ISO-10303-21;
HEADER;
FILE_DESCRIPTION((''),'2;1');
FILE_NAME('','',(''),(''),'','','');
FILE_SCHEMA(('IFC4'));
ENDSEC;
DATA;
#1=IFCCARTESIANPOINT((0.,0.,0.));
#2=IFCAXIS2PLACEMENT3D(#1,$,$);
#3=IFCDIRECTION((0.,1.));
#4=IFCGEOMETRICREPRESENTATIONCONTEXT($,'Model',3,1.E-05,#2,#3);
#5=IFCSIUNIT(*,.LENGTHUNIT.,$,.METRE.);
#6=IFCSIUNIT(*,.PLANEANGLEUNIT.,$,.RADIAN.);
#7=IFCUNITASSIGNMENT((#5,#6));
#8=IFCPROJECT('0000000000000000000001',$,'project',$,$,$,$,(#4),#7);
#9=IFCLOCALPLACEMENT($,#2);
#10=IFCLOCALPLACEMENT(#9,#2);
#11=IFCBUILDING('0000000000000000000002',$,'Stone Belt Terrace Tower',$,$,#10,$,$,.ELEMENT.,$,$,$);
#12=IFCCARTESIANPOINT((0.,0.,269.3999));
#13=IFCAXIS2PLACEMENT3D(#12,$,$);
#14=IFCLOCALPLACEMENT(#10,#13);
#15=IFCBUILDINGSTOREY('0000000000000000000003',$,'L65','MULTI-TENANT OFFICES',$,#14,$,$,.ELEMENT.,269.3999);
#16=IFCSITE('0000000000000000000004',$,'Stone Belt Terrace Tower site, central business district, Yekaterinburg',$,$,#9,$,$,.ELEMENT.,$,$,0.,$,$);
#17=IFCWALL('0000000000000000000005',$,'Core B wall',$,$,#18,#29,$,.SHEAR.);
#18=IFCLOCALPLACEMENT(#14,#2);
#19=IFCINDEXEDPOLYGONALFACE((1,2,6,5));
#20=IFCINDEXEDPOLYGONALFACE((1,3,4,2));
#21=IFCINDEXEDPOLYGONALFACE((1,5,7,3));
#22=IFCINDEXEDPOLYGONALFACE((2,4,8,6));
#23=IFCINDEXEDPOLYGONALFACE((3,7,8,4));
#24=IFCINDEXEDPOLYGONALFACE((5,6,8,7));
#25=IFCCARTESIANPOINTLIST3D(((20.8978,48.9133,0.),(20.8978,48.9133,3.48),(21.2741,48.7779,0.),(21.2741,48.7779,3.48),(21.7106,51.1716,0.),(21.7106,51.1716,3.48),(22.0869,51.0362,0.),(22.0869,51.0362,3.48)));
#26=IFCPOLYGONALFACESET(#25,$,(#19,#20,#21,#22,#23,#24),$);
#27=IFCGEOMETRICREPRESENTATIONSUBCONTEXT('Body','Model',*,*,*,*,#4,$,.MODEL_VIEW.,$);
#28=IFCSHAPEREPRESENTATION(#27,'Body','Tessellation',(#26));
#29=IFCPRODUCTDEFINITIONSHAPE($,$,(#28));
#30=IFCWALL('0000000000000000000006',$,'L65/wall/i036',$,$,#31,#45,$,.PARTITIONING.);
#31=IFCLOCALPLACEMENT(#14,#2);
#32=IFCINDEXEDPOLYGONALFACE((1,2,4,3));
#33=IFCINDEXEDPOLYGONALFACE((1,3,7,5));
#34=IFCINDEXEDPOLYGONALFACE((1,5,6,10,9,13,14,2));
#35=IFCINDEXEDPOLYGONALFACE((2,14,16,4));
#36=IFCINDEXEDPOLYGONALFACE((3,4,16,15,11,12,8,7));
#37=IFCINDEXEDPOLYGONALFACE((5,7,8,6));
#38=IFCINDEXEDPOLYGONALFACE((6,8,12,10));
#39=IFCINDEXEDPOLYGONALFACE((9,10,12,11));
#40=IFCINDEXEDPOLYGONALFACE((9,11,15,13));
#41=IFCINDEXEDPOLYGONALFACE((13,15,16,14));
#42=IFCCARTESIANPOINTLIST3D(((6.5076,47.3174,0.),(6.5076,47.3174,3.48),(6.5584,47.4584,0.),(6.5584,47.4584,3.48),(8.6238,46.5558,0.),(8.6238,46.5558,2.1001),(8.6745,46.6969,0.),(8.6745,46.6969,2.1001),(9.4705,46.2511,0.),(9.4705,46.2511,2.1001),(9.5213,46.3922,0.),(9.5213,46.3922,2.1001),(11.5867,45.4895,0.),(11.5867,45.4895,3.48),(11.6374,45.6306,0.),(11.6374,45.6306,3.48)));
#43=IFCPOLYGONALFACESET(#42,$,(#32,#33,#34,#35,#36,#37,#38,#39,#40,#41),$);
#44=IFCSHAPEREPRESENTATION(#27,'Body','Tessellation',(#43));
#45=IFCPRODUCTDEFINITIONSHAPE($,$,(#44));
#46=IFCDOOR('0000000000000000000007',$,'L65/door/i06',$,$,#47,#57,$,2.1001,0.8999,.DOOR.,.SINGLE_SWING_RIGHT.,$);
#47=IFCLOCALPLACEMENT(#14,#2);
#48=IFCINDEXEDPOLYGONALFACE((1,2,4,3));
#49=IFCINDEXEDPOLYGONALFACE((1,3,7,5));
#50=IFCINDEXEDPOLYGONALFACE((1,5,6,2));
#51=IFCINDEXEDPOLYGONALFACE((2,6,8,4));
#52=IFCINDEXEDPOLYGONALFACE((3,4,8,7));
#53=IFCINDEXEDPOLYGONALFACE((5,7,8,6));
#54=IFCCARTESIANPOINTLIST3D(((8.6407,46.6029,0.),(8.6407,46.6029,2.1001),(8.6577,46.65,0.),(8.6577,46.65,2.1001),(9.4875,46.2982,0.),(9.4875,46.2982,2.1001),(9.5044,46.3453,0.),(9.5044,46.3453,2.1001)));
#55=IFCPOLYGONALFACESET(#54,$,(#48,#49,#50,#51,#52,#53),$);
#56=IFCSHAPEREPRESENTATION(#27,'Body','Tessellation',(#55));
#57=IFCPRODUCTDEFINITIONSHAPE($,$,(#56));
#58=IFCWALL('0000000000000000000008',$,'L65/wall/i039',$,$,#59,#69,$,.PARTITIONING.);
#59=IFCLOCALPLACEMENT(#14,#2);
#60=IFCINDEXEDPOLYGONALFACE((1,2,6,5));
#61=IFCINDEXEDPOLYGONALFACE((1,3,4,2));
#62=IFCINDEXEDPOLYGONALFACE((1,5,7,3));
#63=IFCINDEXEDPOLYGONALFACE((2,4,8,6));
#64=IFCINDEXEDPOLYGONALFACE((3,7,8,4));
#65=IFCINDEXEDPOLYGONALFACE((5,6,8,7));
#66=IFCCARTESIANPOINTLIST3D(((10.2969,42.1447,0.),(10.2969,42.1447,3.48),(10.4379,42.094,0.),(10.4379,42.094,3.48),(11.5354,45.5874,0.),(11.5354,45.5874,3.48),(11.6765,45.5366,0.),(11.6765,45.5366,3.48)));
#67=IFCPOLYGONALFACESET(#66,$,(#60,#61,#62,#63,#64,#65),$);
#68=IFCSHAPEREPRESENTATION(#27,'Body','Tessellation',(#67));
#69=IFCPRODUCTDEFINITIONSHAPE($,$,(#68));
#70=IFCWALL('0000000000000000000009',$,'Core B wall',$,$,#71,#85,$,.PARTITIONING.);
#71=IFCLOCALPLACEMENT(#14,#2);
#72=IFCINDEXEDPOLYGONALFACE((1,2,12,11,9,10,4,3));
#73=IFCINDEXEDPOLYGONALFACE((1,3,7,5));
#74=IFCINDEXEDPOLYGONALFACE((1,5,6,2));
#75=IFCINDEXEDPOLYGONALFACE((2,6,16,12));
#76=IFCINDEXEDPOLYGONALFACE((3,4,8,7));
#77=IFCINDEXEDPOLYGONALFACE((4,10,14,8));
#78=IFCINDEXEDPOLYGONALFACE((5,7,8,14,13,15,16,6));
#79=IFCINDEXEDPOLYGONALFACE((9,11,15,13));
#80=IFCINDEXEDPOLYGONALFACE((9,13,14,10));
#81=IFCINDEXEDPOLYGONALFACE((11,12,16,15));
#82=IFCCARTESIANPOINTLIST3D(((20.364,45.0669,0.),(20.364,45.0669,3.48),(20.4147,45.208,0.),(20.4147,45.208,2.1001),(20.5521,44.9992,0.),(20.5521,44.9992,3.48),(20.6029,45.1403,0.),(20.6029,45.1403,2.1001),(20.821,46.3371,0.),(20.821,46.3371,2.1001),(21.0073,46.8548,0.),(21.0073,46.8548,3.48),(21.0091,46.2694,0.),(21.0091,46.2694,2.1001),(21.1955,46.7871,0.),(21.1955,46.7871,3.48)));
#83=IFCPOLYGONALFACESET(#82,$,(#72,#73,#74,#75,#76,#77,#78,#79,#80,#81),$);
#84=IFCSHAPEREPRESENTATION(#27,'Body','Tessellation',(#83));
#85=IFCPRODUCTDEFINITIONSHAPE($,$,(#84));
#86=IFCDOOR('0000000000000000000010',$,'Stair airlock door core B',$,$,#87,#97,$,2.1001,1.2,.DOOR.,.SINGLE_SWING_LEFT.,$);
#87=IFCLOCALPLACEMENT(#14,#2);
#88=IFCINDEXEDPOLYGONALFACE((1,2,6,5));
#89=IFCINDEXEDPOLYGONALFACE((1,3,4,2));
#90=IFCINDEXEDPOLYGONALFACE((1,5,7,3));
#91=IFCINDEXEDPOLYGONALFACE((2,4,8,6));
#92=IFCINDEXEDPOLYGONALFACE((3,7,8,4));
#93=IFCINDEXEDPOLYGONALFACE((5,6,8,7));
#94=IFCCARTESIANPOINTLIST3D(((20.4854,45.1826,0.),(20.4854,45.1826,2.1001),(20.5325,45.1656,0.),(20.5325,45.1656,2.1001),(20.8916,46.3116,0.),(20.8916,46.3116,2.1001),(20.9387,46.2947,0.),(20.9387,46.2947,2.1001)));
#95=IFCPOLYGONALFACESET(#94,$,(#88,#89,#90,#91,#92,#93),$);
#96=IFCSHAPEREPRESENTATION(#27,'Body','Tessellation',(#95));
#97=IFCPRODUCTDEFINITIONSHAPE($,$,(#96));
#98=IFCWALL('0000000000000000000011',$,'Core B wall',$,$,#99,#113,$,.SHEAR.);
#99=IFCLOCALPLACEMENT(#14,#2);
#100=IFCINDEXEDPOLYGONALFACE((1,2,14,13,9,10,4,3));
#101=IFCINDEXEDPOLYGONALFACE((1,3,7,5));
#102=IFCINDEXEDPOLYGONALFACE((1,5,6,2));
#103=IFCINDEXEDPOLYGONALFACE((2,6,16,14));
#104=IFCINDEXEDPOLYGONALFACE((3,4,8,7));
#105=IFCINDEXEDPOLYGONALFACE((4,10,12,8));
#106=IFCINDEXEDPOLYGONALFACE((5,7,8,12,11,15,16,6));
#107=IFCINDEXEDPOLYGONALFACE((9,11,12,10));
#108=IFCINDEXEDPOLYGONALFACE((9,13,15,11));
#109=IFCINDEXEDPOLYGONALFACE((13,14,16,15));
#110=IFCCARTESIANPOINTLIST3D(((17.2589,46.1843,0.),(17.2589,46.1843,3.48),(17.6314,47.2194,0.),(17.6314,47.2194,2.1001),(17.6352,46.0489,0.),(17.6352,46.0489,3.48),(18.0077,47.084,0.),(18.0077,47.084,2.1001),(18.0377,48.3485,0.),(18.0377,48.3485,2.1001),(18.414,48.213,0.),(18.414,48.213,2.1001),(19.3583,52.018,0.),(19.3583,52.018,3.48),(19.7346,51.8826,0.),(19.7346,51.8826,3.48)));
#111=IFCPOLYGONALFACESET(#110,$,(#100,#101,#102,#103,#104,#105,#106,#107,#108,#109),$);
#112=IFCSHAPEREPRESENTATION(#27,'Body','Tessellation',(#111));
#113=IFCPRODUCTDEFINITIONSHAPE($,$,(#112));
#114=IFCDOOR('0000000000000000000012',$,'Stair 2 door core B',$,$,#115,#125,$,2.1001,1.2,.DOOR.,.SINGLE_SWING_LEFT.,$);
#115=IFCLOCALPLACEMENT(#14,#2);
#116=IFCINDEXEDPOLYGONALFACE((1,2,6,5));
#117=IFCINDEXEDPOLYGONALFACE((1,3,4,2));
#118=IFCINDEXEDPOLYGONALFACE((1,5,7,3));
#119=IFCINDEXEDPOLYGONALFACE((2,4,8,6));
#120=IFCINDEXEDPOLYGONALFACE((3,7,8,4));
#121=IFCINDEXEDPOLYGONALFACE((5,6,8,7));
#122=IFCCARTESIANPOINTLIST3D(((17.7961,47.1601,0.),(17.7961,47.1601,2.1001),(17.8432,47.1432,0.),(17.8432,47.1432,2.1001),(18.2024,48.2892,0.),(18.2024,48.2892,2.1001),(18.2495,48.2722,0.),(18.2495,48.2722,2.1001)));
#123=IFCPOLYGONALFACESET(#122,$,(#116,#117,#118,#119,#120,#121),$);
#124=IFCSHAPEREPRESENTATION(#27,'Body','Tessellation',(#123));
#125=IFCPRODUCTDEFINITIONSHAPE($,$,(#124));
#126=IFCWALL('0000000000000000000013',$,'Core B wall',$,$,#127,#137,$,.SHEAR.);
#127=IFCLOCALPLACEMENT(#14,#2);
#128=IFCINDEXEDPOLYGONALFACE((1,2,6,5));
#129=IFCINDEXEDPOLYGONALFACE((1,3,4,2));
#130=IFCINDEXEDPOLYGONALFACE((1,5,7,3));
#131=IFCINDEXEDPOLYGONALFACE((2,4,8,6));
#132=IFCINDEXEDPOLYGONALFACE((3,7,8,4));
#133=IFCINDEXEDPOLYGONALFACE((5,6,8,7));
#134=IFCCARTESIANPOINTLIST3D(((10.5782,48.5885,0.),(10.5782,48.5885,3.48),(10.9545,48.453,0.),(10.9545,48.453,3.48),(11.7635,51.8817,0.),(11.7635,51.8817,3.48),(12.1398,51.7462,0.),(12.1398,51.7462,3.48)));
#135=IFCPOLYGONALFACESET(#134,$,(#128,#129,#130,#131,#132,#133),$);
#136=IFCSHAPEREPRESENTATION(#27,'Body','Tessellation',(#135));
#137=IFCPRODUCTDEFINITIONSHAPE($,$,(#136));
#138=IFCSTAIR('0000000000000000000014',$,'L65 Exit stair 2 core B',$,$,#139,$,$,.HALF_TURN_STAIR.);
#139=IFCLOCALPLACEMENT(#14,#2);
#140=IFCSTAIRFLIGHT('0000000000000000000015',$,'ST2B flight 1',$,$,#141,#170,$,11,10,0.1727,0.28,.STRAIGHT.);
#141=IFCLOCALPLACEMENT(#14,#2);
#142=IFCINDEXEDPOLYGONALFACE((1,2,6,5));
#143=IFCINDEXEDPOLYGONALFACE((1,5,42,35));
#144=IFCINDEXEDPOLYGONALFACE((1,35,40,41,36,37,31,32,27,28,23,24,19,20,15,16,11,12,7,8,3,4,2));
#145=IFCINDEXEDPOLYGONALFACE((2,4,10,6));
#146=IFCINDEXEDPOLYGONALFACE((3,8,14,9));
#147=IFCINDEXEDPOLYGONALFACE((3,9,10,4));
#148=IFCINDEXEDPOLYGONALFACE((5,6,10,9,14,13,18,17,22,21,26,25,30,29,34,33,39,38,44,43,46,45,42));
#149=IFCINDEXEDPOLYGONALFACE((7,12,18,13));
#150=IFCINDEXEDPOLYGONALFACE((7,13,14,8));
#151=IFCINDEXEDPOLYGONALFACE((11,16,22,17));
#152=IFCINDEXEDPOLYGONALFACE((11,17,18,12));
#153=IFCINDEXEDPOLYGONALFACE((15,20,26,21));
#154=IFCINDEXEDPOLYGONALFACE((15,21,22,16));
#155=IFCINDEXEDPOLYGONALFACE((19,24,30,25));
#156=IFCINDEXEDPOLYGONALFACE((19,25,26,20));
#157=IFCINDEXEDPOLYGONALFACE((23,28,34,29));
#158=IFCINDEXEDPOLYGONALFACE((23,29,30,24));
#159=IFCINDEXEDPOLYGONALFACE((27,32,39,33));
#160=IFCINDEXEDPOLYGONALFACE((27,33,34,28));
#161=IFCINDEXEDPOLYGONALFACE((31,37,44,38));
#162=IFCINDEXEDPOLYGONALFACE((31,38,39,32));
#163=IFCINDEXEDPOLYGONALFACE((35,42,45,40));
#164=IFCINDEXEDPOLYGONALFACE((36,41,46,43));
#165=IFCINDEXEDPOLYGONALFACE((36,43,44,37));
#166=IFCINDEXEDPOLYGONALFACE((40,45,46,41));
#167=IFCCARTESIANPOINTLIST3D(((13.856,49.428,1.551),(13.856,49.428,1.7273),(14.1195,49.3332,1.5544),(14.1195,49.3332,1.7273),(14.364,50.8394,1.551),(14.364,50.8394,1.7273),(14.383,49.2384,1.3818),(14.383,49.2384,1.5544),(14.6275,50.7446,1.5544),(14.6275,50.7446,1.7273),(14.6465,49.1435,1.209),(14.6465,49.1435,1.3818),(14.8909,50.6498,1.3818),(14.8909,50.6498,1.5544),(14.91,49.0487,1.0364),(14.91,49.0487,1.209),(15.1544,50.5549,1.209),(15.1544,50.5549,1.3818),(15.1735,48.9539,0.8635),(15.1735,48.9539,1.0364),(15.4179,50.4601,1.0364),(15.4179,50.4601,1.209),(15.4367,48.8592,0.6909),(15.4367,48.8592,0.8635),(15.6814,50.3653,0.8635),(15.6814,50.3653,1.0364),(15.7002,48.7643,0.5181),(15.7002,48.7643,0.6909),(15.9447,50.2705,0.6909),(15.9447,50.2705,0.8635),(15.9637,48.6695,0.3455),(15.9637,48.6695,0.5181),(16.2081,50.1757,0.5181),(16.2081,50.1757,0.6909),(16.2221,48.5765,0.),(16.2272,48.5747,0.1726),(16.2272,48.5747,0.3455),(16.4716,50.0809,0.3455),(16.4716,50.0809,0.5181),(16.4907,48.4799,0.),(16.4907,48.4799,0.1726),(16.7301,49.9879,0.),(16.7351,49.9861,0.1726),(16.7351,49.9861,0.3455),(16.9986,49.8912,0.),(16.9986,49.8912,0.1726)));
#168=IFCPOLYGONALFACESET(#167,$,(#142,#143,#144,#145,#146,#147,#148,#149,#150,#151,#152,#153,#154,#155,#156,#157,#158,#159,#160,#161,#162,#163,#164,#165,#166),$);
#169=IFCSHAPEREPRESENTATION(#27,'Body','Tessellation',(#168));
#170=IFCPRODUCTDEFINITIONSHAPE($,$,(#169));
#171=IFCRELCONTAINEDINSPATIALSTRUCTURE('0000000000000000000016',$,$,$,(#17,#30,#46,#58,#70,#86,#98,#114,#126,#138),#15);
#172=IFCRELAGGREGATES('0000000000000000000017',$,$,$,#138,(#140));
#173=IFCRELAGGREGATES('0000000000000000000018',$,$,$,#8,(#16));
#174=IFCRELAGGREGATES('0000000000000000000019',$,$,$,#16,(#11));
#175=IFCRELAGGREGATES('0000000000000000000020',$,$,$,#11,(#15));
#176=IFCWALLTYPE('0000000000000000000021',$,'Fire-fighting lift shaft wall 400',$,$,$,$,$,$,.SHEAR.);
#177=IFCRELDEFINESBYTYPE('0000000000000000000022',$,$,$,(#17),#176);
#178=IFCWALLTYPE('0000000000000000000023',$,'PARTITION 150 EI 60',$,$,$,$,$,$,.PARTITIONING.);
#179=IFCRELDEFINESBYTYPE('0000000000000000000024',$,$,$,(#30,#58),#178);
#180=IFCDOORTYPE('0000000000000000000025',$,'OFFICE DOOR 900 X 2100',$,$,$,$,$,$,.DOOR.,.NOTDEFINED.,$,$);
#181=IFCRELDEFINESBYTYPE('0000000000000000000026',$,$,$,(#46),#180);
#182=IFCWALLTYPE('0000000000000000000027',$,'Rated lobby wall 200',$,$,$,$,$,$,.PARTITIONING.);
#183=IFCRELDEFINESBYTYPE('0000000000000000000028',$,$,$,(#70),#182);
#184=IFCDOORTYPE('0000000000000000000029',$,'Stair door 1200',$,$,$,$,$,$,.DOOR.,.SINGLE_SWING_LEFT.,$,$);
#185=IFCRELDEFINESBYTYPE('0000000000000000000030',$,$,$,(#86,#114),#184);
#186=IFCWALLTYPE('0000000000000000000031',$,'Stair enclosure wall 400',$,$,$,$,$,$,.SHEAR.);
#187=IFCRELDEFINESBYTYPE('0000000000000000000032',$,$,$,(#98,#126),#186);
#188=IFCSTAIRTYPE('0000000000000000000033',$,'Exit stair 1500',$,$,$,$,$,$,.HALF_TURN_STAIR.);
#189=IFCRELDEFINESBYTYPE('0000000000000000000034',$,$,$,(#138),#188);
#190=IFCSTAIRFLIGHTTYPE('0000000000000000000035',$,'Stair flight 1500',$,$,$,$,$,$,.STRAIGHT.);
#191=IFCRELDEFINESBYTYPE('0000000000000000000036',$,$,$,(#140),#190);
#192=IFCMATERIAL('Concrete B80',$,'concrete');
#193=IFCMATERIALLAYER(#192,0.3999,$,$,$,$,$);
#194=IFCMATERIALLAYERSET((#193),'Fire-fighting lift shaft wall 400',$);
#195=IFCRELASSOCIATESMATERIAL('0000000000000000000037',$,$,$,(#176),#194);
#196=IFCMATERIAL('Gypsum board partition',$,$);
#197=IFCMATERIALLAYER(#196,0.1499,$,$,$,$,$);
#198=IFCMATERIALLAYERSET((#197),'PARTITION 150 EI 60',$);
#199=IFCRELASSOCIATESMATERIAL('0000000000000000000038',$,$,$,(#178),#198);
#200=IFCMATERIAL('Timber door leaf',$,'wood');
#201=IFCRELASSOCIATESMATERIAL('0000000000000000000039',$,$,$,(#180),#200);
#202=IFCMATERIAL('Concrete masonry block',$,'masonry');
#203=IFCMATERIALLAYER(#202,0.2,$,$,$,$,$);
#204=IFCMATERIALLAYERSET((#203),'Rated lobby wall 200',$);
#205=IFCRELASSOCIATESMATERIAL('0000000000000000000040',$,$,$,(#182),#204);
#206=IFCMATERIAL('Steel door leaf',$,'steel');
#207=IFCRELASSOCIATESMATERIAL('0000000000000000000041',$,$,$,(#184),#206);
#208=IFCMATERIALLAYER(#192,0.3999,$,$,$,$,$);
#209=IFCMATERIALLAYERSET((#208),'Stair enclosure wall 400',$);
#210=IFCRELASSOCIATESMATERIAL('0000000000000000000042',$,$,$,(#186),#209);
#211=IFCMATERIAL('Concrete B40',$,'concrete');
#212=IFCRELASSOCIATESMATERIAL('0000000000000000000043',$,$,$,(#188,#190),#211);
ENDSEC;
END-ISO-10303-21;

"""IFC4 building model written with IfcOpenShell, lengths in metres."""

from ifc_helpers import new_model, si_unit, direction, frame, frame_2d, origin, place, context, subcontext, project, spatial, polyline, rectangle, outline, extrude, material, layer, layer_set, type_object, element, fill, aggregate, save


model = new_model("IFC4")

# Units and contexts
model_context = context("Model", 3, precision=1e-05, world=origin(), true_north=direction((0.0, 1.0)))
body_context = subcontext(model_context, "Body", "Model", "MODEL_VIEW")
ifc_project = project(units=[si_unit("LENGTHUNIT", "METRE"), si_unit("PLANEANGLEUNIT", "RADIAN")], contexts=[model_context])

# Site, building, storey
site_placement = place(None, origin())
site = spatial("IfcSite", under=ifc_project, at=site_placement, Name="Stone Belt Terrace Tower site, central business district, Yekaterinburg", CompositionType="ELEMENT", RefElevation=0.0)
building_placement = place(site_placement, origin())
building = spatial("IfcBuilding", under=site, at=building_placement, Name="Stone Belt Terrace Tower", CompositionType="ELEMENT")
storey_placement = place(building_placement, frame((0.0, 0.0, 269.3999)))
storey = spatial("IfcBuildingStorey", under=building, at=storey_placement, Name="L65", Description="MULTI-TENANT OFFICES", CompositionType="ELEMENT", Elevation=269.3999)

# Wall
ifc_material_1 = material(Name="Concrete B80", Category="concrete")
ifc_layer_1 = layer(ifc_material_1, 0.3999)
ifc_layer_set_1 = layer_set([ifc_layer_1], Name="Fire-fighting lift shaft wall 400")
wall_type_1 = type_object("IfcWallType", Name="Fire-fighting lift shaft wall 400", PredefinedType="SHEAR", material=ifc_layer_set_1)
wall_1_placement = place(storey_placement, frame((21.0859, 48.8455, 0.0), z_axis=(0.0, 0.0, 1.0), x_axis=(0.338629, 0.94092, 0.0)))
element("IfcWall", 1, at=wall_1_placement, inside=storey, type_object=wall_type_1, Name="Core B wall", PredefinedType="SHEAR", context=body_context, shape_type="SweptSolid", body=[
    extrude(rectangle(XDim=2.4001, YDim=0.3999, at=frame_2d((1.2002, 0.0))), origin(), (0.0, 0.0, 1.0), 3.48),
])

# Wall, opening, door
ifc_material_2 = material(Name="Gypsum board partition")
ifc_layer_2 = layer(ifc_material_2, 0.1499)
ifc_layer_set_2 = layer_set([ifc_layer_2], Name="PARTITION 150 EI 60")
wall_type_2 = type_object("IfcWallType", Name="PARTITION 150 EI 60", PredefinedType="PARTITIONING", material=ifc_layer_set_2)
wall_2_placement = place(storey_placement, frame((11.6121, 45.5601, 0.0), z_axis=(0.0, 0.0, 1.0), x_axis=(-0.940923, 0.338622, 0.0)))
wall_2 = element("IfcWall", 2, at=wall_2_placement, inside=storey, type_object=wall_type_2, Name="L65/wall/i036", PredefinedType="PARTITIONING", context=body_context, shape_type="SweptSolid", body=[
    extrude(rectangle(XDim=5.3979, YDim=0.1499, at=frame_2d((2.699, 0.0))), origin(), (0.0, 0.0, 1.0), 3.48),
])
opening_1_placement = place(wall_2_placement, frame((2.249, 0.0, 0.0)))
opening_1 = element("IfcOpeningElement", 3, at=opening_1_placement, cuts=wall_2, PredefinedType="OPENING", context=body_context, shape_type="SweptSolid", body=[
    extrude(rectangle(XDim=0.8999, YDim=2.1001, at=frame_2d((0.45, 1.05))), frame((0.0, 0.085, 0.0), z_axis=(0.0, -1.0, 0.0), x_axis=(1.0, 0.0, 0.0)), (0.0, 0.0, 1.0), 0.1699),
])
ifc_material_3 = material(Name="Timber door leaf", Category="wood")
door_type_1 = type_object("IfcDoorType", Name="OFFICE DOOR 900 X 2100", OperationType="NOTDEFINED", PredefinedType="DOOR", material=ifc_material_3)
door_1_placement = place(opening_1_placement, origin())
door_1 = element("IfcDoor", 4, at=door_1_placement, inside=storey, type_object=door_type_1, Name="L65/door/i06", OperationType="SINGLE_SWING_RIGHT", OverallHeight=2.1001, OverallWidth=0.8999, PredefinedType="DOOR", context=body_context, shape_type="SweptSolid", body=[
    extrude(rectangle(XDim=0.8999, YDim=2.1001, at=frame_2d((0.45, 1.05))), frame((0.0, 0.0249, 0.0), z_axis=(0.0, -1.0, 0.0), x_axis=(1.0, 0.0, 0.0)), (0.0, 0.0, 1.0), 0.05),
])
fill(opening_1, door_1)

# Wall
wall_3_placement = place(storey_placement, frame((11.606, 45.562, 0.0), z_axis=(0.0, 0.0, 1.0), x_axis=(-0.338521, -0.940959, 0.0)))
element("IfcWall", 5, at=wall_3_placement, inside=storey, type_object=wall_type_2, Name="L65/wall/i039", PredefinedType="PARTITIONING", context=body_context, shape_type="SweptSolid", body=[
    extrude(rectangle(XDim=3.6587, YDim=0.1499, at=frame_2d((1.8293, 0.0))), origin(), (0.0, 0.0, 1.0), 3.48),
])

# Walls, openings, doors
ifc_material_4 = material(Name="Concrete masonry block", Category="masonry")
ifc_layer_3 = layer(ifc_material_4, 0.2)
ifc_layer_set_3 = layer_set([ifc_layer_3], Name="Rated lobby wall 200")
wall_type_3 = type_object("IfcWallType", Name="Rated lobby wall 200", PredefinedType="PARTITIONING", material=ifc_layer_set_3)
wall_4_placement = place(storey_placement, frame((20.458, 45.033, 0.0), z_axis=(0.0, 0.0, 1.0), x_axis=(0.338574, 0.94094, 0.0)))
wall_4 = element("IfcWall", 6, at=wall_4_placement, inside=storey, type_object=wall_type_3, Name="Core B wall", PredefinedType="PARTITIONING", context=body_context, shape_type="SweptSolid", body=[
    extrude(rectangle(XDim=1.9001, YDim=0.2, at=frame_2d((0.9502, 0.0))), origin(), (0.0, 0.0, 1.0), 3.48),
])
opening_2_placement = place(wall_4_placement, frame((0.1499, 0.0, 0.0)))
opening_2 = element("IfcOpeningElement", 7, at=opening_2_placement, cuts=wall_4, PredefinedType="OPENING", context=body_context, shape_type="SweptSolid", body=[
    extrude(rectangle(XDim=1.2, YDim=2.1001, at=frame_2d((0.6001, 1.05))), frame((0.0, 0.1099, 0.0), z_axis=(0.0, -1.0, 0.0), x_axis=(1.0, 0.0, 0.0)), (0.0, 0.0, 1.0), 0.22),
])
ifc_material_5 = material(Name="Steel door leaf", Category="steel")
door_type_2 = type_object("IfcDoorType", Name="Stair door 1200", OperationType="SINGLE_SWING_LEFT", PredefinedType="DOOR", material=ifc_material_5)
door_2_placement = place(opening_2_placement, origin())
door_2 = element("IfcDoor", 8, at=door_2_placement, inside=storey, type_object=door_type_2, Name="Stair airlock door core B", OperationType="SINGLE_SWING_LEFT", OverallHeight=2.1001, OverallWidth=1.2, PredefinedType="DOOR", context=body_context, shape_type="SweptSolid", body=[
    extrude(rectangle(XDim=1.2, YDim=2.1001, at=frame_2d((0.6001, 1.05))), frame((0.0, 0.0249, 0.0), z_axis=(0.0, -1.0, 0.0), x_axis=(1.0, 0.0, 0.0)), (0.0, 0.0, 1.0), 0.05),
])
fill(opening_2, door_2)
ifc_layer_4 = layer(ifc_material_1, 0.3999)
ifc_layer_set_4 = layer_set([ifc_layer_4], Name="Stair enclosure wall 400")
wall_type_4 = type_object("IfcWallType", Name="Stair enclosure wall 400", PredefinedType="SHEAR", material=ifc_layer_set_4)
wall_5_placement = place(storey_placement, frame((17.447, 46.1165, 0.0), z_axis=(0.0, 0.0, 1.0), x_axis=(0.338608, 0.940928, 0.0)))
wall_5 = element("IfcWall", 9, at=wall_5_placement, inside=storey, type_object=wall_type_4, Name="Core B wall", PredefinedType="SHEAR", context=body_context, shape_type="SweptSolid", body=[
    extrude(rectangle(XDim=6.2, YDim=0.3999, at=frame_2d((3.1001, 0.0))), origin(), (0.0, 0.0, 1.0), 3.48),
])
opening_3_placement = place(wall_5_placement, frame((1.1001, 0.0, 0.0)))
opening_3 = element("IfcOpeningElement", 10, at=opening_3_placement, cuts=wall_5, PredefinedType="OPENING", context=body_context, shape_type="SweptSolid", body=[
    extrude(rectangle(XDim=1.2, YDim=2.1001, at=frame_2d((0.6001, 1.05))), frame((0.0, 0.21, 0.0), z_axis=(0.0, -1.0, 0.0), x_axis=(1.0, 0.0, 0.0)), (0.0, 0.0, 1.0), 0.4199),
])
door_3_placement = place(opening_3_placement, origin())
door_3 = element("IfcDoor", 11, at=door_3_placement, inside=storey, type_object=door_type_2, Name="Stair 2 door core B", OperationType="SINGLE_SWING_LEFT", OverallHeight=2.1001, OverallWidth=1.2, PredefinedType="DOOR", context=body_context, shape_type="SweptSolid", body=[
    extrude(rectangle(XDim=1.2, YDim=2.1001, at=frame_2d((0.6001, 1.05))), frame((0.0, 0.0249, 0.0), z_axis=(0.0, -1.0, 0.0), x_axis=(1.0, 0.0, 0.0)), (0.0, 0.0, 1.0), 0.05),
])
fill(opening_3, door_3)

# Wall
wall_6_placement = place(storey_placement, frame((10.7664, 48.5208, 0.0), z_axis=(0.0, 0.0, 1.0), x_axis=(0.338655, 0.940911, 0.0)))
element("IfcWall", 12, at=wall_6_placement, inside=storey, type_object=wall_type_4, Name="Core B wall", PredefinedType="SHEAR", context=body_context, shape_type="SweptSolid", body=[
    extrude(rectangle(XDim=3.5, YDim=0.3999, at=frame_2d((1.75, 0.0))), origin(), (0.0, 0.0, 1.0), 3.48),
])

# Stair, stair flight
ifc_material_6 = material(Name="Concrete B40", Category="concrete")
stair_type = type_object("IfcStairType", Name="Exit stair 1500", PredefinedType="HALF_TURN_STAIR", material=ifc_material_6)
stair_placement = place(storey_placement, origin())
stair = element("IfcStair", 13, at=stair_placement, inside=storey, type_object=stair_type, Name="L65 Exit stair 2 core B", PredefinedType="HALF_TURN_STAIR")
stair_flight_type = type_object("IfcStairFlightType", Name="Stair flight 1500", PredefinedType="STRAIGHT", material=ifc_material_6)
stair_flight_1_placement = place(storey_placement, frame((16.7446, 49.1855, 0.0), z_axis=(0.0, 0.0, 1.0), x_axis=(-0.940922, 0.338624, 0.0)))
stair_flight_1 = element("IfcStairFlight", 14, at=stair_flight_1_placement, type_object=stair_flight_type, Name="ST2B flight 1", NumberOfRisers=11, NumberOfTreads=10, PredefinedType="STRAIGHT", RiserHeight=0.1727, TreadLength=0.28, context=body_context, shape_type="SweptSolid", body=[
    extrude(outline(polyline([(0.0, 0.0), (0.0, 0.1726), (0.28, 0.1726), (0.28, 0.3455), (0.5601, 0.3455), (0.5601, 0.5181), (0.8401, 0.5181), (0.8401, 0.6909), (1.1201, 0.6909), (1.1201, 0.8635), (1.3999, 0.8635), (1.3999, 1.0364), (1.6799, 1.0364), (1.6799, 1.209), (1.96, 1.209), (1.96, 1.3818), (2.24, 1.3818), (2.24, 1.5544), (2.52, 1.5544), (2.52, 1.7273), (2.8, 1.7273), (2.8, 1.8999), (2.8, 1.551), (0.2854, 0.0), (0.0, 0.0)])), frame((0.0, 0.75, 0.0), z_axis=(0.0, -1.0, 0.0), x_axis=(1.0, 0.0, 0.0)), (0.0, 0.0, 1.0), 1.5),
])
aggregate(stair, [stair_flight_1])

save(model, "model.ifc")
